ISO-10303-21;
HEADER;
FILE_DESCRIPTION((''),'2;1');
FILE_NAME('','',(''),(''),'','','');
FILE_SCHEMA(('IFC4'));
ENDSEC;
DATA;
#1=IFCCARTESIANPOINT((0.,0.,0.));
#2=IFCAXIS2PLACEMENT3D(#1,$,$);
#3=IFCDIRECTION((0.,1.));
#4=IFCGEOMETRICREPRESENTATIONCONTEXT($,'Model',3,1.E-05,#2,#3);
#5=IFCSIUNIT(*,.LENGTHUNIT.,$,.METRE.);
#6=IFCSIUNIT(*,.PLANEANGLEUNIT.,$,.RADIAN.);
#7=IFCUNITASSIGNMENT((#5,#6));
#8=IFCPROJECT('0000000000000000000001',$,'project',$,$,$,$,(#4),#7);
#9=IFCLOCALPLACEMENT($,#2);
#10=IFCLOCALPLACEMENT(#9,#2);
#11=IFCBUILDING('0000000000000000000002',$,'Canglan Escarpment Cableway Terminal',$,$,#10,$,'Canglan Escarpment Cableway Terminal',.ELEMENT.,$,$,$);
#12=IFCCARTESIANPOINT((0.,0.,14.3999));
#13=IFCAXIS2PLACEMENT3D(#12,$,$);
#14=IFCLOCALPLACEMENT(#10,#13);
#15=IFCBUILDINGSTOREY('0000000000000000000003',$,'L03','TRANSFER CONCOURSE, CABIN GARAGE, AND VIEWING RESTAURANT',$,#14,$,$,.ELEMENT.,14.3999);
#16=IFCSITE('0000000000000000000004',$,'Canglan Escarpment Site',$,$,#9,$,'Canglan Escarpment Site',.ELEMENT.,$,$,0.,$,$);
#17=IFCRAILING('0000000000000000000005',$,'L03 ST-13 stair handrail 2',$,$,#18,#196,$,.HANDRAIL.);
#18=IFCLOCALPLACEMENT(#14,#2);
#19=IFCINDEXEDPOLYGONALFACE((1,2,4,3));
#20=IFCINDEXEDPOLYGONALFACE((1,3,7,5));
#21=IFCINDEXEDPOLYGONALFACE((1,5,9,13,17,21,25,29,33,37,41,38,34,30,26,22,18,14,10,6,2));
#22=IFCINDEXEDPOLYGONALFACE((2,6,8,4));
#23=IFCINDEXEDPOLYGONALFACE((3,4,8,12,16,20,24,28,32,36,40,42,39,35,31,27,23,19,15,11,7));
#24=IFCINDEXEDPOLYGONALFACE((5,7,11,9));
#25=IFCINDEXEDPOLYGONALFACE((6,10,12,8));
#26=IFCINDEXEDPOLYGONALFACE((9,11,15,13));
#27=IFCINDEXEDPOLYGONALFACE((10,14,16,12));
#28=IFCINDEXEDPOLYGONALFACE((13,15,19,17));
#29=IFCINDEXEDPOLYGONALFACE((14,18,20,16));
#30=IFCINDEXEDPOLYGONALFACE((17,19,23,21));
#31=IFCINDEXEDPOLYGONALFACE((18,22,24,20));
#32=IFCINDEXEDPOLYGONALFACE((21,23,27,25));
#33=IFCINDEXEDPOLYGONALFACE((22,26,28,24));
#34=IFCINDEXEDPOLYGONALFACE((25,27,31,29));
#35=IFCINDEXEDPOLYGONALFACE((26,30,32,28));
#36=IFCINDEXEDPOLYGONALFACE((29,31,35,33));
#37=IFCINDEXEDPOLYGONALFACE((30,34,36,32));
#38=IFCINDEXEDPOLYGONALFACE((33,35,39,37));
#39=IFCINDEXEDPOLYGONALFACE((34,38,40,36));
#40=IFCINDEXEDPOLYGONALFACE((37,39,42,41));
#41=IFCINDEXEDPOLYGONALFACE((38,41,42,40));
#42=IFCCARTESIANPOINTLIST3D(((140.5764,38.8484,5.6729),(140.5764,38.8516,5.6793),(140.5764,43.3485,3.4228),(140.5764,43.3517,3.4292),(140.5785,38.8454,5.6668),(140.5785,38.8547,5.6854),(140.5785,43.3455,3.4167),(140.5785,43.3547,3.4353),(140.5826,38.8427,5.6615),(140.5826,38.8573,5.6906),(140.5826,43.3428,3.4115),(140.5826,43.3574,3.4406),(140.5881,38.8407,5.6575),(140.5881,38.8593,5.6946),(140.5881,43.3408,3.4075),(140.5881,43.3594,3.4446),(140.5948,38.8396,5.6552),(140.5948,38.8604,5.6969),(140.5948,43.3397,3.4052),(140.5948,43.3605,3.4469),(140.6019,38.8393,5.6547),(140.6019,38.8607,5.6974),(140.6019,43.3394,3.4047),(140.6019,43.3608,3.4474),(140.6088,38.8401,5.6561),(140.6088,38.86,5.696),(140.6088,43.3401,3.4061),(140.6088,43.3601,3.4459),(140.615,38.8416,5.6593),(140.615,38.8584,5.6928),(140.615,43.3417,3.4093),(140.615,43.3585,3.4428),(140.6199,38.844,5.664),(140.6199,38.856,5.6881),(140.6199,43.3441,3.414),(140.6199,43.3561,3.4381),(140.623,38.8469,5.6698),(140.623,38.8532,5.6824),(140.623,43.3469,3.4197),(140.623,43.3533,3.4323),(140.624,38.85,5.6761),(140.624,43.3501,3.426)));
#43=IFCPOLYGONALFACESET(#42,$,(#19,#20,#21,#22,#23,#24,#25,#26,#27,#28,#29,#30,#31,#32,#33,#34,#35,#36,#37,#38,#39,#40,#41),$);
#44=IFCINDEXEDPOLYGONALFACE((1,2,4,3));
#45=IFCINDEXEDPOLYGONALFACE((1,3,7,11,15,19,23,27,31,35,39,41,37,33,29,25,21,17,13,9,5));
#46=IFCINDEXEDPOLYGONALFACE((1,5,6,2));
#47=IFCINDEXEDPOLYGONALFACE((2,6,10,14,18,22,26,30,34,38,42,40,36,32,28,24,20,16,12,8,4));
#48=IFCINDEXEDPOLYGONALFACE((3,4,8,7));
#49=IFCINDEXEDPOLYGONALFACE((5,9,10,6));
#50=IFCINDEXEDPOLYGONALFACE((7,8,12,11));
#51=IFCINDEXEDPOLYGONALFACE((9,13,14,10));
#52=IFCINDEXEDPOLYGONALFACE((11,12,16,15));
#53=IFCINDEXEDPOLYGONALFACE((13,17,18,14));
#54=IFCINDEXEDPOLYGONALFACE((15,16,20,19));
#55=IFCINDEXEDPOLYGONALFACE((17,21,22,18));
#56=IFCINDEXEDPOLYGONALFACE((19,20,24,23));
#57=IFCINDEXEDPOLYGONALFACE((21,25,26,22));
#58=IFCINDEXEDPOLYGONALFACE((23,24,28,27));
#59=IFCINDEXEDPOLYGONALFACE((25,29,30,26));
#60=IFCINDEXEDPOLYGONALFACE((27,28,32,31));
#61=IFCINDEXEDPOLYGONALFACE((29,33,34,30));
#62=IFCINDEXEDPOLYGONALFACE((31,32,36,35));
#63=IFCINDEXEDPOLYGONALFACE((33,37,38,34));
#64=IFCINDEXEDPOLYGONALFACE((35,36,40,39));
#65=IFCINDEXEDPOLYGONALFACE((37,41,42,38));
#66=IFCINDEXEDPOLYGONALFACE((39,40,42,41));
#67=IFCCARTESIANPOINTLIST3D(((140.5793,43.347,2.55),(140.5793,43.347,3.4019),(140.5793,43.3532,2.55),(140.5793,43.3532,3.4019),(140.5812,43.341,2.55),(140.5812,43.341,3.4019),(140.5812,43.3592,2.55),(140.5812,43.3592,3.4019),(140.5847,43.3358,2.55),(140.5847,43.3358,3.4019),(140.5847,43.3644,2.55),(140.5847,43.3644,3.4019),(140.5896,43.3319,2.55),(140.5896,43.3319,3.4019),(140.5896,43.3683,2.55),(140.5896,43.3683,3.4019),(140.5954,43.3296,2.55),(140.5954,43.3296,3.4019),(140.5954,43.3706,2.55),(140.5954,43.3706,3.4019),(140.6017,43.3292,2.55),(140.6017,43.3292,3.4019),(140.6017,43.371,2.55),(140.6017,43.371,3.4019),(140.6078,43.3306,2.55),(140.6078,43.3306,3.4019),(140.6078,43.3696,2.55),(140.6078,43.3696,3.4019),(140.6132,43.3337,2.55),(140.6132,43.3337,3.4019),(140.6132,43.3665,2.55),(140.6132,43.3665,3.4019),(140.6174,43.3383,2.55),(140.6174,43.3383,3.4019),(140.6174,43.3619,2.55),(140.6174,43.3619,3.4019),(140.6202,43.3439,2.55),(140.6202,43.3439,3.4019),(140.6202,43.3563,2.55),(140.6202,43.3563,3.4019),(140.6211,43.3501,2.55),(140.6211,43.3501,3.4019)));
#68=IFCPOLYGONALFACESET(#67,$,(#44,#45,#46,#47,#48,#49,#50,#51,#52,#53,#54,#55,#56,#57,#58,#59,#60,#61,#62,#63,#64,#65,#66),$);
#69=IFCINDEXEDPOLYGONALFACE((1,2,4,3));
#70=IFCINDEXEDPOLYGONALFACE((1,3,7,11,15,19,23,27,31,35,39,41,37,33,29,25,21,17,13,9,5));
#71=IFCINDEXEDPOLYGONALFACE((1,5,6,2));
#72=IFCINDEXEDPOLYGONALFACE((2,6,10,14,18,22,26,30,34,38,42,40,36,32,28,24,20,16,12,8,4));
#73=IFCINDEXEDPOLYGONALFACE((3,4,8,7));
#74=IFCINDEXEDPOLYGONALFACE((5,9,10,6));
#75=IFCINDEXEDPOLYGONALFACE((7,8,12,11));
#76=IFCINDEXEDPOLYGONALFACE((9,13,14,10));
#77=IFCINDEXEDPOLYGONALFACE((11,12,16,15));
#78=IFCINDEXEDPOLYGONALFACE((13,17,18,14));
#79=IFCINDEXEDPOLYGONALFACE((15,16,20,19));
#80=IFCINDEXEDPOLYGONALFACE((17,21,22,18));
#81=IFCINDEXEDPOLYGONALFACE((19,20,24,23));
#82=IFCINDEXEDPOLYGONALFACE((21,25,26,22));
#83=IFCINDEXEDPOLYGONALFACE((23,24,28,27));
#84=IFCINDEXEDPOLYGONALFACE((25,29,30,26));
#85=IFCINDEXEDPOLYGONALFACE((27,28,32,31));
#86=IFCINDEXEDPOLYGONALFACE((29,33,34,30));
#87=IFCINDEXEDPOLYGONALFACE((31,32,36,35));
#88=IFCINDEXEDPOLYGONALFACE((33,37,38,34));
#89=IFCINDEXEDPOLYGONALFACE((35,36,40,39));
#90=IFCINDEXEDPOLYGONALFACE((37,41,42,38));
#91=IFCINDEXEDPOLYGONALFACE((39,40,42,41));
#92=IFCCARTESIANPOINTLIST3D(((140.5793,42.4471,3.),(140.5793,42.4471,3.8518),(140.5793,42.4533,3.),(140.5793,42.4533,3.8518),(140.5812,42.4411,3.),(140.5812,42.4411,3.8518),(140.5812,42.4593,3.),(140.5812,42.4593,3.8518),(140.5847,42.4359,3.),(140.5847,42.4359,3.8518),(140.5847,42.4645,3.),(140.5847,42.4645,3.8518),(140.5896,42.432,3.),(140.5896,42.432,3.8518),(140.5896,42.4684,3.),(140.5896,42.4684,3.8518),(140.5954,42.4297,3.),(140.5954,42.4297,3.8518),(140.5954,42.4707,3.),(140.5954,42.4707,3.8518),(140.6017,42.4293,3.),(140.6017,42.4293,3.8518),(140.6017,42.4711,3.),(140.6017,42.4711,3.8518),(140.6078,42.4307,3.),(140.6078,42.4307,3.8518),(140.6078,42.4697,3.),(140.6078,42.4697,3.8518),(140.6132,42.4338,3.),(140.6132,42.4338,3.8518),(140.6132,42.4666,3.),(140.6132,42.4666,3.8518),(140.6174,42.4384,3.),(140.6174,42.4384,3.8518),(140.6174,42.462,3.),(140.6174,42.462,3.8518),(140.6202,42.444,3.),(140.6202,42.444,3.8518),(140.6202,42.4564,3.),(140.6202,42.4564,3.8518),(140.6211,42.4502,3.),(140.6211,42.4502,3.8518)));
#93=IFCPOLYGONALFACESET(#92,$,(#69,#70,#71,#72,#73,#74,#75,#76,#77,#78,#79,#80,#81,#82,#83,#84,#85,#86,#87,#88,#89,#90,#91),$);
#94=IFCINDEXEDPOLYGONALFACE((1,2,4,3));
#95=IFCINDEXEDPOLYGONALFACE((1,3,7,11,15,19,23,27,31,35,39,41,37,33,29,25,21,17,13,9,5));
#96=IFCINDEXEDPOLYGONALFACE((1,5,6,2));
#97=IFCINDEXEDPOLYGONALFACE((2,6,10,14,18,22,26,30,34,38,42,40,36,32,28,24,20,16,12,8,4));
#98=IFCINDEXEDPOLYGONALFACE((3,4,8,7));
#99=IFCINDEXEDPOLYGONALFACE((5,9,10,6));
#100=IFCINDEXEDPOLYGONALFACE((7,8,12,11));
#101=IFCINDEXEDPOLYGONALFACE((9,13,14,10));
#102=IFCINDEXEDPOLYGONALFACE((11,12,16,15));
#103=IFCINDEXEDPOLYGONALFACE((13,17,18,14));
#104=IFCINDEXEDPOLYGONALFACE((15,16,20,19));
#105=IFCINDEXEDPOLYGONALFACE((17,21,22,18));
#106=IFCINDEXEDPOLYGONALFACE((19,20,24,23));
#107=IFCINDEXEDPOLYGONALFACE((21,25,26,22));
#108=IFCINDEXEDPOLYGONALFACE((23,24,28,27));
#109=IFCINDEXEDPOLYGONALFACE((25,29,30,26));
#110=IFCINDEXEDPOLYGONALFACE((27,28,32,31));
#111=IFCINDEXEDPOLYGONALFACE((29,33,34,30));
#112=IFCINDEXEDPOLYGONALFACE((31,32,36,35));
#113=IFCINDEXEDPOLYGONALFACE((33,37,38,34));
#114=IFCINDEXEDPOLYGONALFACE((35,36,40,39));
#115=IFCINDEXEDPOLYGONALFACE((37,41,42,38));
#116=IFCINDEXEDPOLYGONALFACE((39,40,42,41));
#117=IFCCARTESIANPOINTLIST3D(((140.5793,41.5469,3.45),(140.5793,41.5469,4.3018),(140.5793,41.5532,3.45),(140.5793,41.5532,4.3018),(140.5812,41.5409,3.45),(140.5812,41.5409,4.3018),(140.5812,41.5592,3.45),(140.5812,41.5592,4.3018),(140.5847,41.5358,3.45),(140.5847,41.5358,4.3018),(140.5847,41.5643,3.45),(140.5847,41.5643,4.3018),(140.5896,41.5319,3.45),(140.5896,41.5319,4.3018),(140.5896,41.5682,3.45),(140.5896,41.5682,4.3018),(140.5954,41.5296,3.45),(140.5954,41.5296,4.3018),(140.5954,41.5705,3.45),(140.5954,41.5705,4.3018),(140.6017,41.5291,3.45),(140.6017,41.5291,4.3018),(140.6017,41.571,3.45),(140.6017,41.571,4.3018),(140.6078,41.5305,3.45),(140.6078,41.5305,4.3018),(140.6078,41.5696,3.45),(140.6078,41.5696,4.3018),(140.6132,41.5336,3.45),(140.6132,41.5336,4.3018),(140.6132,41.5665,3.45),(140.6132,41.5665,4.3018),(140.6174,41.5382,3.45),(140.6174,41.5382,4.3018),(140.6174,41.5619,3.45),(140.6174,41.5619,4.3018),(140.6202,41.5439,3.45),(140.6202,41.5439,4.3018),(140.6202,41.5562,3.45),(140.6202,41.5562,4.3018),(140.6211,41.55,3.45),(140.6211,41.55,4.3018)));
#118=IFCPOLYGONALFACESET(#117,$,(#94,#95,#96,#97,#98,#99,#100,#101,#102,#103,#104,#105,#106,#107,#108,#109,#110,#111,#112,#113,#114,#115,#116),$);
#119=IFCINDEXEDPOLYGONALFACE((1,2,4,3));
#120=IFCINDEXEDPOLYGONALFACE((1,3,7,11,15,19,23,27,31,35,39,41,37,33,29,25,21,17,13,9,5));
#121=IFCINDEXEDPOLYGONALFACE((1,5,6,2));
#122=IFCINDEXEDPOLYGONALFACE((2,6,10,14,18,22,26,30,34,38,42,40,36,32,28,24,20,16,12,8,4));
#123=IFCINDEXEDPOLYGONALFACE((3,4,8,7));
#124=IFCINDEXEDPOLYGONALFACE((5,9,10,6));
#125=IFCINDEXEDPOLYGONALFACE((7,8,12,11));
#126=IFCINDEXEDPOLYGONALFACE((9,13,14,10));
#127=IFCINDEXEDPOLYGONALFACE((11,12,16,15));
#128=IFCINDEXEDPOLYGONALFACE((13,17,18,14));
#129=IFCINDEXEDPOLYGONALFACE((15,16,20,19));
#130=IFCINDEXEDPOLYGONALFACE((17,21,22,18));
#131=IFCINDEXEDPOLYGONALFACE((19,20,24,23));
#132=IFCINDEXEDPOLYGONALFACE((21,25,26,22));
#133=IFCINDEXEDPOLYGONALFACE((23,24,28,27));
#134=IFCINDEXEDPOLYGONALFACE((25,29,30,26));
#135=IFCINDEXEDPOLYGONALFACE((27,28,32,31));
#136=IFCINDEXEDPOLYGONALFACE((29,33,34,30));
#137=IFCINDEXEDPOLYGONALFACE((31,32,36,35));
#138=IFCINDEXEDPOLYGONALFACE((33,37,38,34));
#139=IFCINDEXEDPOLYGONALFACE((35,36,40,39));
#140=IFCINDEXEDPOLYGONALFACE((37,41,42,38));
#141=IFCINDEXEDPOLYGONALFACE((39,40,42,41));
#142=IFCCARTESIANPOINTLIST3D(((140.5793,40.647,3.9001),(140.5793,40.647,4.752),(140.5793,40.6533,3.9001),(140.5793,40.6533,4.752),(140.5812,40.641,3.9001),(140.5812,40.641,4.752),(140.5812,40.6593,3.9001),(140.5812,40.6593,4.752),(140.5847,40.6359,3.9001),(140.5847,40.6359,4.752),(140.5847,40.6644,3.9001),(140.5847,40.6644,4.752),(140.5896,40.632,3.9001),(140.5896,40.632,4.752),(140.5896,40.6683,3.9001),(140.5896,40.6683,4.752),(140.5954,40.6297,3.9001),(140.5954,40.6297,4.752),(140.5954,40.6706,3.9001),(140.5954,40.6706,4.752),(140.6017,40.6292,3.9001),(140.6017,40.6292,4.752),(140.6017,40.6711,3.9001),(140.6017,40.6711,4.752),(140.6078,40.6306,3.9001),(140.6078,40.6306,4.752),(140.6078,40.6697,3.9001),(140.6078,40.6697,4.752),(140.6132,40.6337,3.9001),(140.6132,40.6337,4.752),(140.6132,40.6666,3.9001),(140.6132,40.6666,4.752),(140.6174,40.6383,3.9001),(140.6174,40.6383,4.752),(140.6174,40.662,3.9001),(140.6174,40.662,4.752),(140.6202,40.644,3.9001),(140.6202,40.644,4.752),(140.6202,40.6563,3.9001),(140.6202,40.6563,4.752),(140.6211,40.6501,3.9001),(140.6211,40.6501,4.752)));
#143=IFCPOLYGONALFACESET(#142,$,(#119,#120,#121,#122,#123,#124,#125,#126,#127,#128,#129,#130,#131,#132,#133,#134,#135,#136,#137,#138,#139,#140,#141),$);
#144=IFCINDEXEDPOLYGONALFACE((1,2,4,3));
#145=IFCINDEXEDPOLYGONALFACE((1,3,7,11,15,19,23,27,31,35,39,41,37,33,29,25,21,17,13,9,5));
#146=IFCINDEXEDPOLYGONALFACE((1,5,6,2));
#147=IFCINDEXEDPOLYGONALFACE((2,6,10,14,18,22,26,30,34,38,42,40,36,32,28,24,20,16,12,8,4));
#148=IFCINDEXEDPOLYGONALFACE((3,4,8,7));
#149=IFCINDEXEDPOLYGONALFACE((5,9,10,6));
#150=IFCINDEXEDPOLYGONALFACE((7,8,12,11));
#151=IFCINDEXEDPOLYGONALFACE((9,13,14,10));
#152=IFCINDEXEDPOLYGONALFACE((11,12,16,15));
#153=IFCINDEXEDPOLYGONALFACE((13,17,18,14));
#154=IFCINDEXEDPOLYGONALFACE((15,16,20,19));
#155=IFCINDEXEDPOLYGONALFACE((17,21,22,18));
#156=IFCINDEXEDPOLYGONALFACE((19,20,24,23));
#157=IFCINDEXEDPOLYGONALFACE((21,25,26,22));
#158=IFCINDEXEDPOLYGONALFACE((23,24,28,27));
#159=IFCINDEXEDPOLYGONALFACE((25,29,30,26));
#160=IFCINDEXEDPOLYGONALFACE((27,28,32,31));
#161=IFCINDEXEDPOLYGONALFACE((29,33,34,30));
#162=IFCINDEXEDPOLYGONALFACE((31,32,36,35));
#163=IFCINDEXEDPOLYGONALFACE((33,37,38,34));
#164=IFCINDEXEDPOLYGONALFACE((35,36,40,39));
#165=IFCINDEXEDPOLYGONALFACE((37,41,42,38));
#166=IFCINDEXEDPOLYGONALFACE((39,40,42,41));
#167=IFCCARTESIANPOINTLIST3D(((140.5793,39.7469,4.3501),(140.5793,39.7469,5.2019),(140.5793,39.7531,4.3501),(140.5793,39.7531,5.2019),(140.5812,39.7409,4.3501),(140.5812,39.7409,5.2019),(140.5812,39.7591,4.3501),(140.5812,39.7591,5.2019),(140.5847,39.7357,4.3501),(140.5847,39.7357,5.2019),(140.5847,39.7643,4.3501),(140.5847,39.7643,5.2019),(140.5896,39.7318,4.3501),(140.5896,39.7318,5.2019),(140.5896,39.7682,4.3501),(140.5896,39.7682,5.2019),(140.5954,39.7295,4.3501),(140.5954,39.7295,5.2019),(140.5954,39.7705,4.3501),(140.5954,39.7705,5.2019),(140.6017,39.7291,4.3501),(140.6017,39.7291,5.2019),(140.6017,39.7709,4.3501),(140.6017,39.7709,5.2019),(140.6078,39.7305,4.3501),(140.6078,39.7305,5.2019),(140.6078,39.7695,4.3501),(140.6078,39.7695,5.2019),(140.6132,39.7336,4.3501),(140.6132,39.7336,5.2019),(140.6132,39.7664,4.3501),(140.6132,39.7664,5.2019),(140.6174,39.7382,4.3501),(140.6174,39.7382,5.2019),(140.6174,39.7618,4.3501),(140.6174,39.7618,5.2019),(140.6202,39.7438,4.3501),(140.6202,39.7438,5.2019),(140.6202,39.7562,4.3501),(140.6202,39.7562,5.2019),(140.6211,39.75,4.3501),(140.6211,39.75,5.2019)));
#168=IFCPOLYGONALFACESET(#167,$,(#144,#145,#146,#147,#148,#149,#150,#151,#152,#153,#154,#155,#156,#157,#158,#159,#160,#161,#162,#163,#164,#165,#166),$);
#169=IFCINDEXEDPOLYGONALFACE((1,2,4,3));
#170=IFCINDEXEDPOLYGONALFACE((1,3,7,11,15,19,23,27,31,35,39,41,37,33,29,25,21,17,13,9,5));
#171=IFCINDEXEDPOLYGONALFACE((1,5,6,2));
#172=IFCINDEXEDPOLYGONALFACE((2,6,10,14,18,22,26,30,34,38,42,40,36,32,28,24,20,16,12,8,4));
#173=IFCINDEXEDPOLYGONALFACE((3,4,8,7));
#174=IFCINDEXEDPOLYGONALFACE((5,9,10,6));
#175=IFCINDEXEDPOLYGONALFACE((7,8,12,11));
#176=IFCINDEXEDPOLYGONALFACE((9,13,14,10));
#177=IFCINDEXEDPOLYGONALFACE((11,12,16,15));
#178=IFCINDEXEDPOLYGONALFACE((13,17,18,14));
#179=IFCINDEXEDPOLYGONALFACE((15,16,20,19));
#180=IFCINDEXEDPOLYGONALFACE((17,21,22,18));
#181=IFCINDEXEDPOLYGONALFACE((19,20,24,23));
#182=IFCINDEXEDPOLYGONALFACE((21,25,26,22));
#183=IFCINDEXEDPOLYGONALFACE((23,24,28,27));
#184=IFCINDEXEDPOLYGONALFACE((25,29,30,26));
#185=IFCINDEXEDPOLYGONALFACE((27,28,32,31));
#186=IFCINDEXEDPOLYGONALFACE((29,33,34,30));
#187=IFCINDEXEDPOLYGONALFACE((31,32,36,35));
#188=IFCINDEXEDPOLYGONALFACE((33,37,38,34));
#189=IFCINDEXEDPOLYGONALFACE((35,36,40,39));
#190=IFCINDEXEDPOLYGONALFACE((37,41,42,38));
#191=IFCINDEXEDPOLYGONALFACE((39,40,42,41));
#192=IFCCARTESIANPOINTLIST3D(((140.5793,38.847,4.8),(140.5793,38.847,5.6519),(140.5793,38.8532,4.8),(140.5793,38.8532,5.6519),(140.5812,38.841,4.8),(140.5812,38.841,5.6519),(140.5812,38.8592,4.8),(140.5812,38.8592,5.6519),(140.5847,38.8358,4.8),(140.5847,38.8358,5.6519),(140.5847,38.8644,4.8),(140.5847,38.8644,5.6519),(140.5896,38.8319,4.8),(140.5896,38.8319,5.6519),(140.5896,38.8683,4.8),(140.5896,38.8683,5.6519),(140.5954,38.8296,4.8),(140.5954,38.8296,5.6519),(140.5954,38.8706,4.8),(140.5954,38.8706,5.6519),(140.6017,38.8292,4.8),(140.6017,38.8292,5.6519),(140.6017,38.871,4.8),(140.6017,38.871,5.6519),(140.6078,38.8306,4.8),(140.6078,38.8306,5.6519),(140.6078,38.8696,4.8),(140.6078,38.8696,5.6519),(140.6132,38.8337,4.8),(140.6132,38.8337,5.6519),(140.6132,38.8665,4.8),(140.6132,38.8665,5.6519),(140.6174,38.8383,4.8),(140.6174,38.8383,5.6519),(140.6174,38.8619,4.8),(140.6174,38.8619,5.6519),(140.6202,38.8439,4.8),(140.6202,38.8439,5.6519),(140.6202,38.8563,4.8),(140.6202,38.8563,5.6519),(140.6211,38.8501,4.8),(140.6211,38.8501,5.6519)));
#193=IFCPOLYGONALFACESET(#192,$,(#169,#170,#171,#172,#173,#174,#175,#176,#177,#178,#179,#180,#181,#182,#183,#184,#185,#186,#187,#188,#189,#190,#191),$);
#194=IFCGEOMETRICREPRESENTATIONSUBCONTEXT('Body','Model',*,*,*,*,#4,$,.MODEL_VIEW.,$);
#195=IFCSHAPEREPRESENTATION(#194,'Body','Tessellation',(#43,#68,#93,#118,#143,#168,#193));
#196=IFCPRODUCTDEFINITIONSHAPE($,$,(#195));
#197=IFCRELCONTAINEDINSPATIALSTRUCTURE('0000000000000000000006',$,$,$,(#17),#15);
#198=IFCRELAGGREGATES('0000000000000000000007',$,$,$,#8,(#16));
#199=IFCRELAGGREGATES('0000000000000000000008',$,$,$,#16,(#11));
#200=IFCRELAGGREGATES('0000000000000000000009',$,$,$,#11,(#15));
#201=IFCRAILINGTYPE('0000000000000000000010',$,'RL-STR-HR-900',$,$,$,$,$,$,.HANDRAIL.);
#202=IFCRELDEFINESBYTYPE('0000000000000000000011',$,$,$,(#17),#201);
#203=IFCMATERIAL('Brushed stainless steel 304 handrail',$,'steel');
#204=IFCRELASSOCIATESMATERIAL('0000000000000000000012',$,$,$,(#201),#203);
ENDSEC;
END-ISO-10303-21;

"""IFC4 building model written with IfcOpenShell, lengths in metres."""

from ifc_helpers import new_model, si_unit, direction, frame, origin, origin_2d, place, context, subcontext, project, spatial, circle, extrude, material, type_object, element, save


model = new_model("IFC4")

# Units and contexts
model_context = context("Model", 3, precision=1e-05, world=origin(), true_north=direction((0.0, 1.0)))
body_context = subcontext(model_context, "Body", "Model", "MODEL_VIEW")
ifc_project = project(units=[si_unit("LENGTHUNIT", "METRE"), si_unit("PLANEANGLEUNIT", "RADIAN")], contexts=[model_context])

# Site, building, storey
site_placement = place(None, origin())
site = spatial("IfcSite", under=ifc_project, at=site_placement, Name="Canglan Escarpment Site", LongName="Canglan Escarpment Site", CompositionType="ELEMENT", RefElevation=0.0)
building_placement = place(site_placement, origin())
building = spatial("IfcBuilding", under=site, at=building_placement, Name="Canglan Escarpment Cableway Terminal", LongName="Canglan Escarpment Cableway Terminal", CompositionType="ELEMENT")
storey_placement = place(building_placement, frame((0.0, 0.0, 14.3999)))
storey = spatial("IfcBuildingStorey", under=building, at=storey_placement, Name="L03", Description="TRANSFER CONCOURSE, CABIN GARAGE, AND VIEWING RESTAURANT", CompositionType="ELEMENT", Elevation=14.3999)

# Railing
ifc_material_1 = material(Name="Brushed stainless steel 304 handrail", Category="steel")
railing_type_1 = type_object("IfcRailingType", Name="RL-STR-HR-900", PredefinedType="HANDRAIL", material=ifc_material_1)
railing_1_placement = place(storey_placement, frame((140.6001, 43.3501, 2.55)))
element("IfcRailing", 1, at=railing_1_placement, inside=storey, type_object=railing_type_1, Name="L03 ST-13 stair handrail 2", PredefinedType="HANDRAIL", context=body_context, shape_type="SweptSolid", body=[
    extrude(circle(Radius=0.0239, at=origin_2d()), frame((0.0, 0.0, 0.876), z_axis=(0.0, -0.894427, 0.447214), x_axis=(1.0, 0.0, 0.0)), (0.0, 0.0, 1.0), 5.0312),
    extrude(circle(Radius=0.021, at=origin_2d()), origin(), (0.0, 0.0, 1.0), 0.8518),
    extrude(circle(Radius=0.021, at=origin_2d()), frame((0.0, -0.8999, 0.45)), (0.0, 0.0, 1.0), 0.8518),
    extrude(circle(Radius=0.021, at=origin_2d()), frame((0.0, -1.8, 0.8999)), (0.0, 0.0, 1.0), 0.8518),
    extrude(circle(Radius=0.021, at=origin_2d()), frame((0.0, -2.7, 1.3501)), (0.0, 0.0, 1.0), 0.8518),
    extrude(circle(Radius=0.021, at=origin_2d()), frame((0.0, -3.6001, 1.8)), (0.0, 0.0, 1.0), 0.8518),
    extrude(circle(Radius=0.021, at=origin_2d()), frame((0.0, -4.5, 2.25)), (0.0, 0.0, 1.0), 0.8518),
])

save(model, "model.ifc")
